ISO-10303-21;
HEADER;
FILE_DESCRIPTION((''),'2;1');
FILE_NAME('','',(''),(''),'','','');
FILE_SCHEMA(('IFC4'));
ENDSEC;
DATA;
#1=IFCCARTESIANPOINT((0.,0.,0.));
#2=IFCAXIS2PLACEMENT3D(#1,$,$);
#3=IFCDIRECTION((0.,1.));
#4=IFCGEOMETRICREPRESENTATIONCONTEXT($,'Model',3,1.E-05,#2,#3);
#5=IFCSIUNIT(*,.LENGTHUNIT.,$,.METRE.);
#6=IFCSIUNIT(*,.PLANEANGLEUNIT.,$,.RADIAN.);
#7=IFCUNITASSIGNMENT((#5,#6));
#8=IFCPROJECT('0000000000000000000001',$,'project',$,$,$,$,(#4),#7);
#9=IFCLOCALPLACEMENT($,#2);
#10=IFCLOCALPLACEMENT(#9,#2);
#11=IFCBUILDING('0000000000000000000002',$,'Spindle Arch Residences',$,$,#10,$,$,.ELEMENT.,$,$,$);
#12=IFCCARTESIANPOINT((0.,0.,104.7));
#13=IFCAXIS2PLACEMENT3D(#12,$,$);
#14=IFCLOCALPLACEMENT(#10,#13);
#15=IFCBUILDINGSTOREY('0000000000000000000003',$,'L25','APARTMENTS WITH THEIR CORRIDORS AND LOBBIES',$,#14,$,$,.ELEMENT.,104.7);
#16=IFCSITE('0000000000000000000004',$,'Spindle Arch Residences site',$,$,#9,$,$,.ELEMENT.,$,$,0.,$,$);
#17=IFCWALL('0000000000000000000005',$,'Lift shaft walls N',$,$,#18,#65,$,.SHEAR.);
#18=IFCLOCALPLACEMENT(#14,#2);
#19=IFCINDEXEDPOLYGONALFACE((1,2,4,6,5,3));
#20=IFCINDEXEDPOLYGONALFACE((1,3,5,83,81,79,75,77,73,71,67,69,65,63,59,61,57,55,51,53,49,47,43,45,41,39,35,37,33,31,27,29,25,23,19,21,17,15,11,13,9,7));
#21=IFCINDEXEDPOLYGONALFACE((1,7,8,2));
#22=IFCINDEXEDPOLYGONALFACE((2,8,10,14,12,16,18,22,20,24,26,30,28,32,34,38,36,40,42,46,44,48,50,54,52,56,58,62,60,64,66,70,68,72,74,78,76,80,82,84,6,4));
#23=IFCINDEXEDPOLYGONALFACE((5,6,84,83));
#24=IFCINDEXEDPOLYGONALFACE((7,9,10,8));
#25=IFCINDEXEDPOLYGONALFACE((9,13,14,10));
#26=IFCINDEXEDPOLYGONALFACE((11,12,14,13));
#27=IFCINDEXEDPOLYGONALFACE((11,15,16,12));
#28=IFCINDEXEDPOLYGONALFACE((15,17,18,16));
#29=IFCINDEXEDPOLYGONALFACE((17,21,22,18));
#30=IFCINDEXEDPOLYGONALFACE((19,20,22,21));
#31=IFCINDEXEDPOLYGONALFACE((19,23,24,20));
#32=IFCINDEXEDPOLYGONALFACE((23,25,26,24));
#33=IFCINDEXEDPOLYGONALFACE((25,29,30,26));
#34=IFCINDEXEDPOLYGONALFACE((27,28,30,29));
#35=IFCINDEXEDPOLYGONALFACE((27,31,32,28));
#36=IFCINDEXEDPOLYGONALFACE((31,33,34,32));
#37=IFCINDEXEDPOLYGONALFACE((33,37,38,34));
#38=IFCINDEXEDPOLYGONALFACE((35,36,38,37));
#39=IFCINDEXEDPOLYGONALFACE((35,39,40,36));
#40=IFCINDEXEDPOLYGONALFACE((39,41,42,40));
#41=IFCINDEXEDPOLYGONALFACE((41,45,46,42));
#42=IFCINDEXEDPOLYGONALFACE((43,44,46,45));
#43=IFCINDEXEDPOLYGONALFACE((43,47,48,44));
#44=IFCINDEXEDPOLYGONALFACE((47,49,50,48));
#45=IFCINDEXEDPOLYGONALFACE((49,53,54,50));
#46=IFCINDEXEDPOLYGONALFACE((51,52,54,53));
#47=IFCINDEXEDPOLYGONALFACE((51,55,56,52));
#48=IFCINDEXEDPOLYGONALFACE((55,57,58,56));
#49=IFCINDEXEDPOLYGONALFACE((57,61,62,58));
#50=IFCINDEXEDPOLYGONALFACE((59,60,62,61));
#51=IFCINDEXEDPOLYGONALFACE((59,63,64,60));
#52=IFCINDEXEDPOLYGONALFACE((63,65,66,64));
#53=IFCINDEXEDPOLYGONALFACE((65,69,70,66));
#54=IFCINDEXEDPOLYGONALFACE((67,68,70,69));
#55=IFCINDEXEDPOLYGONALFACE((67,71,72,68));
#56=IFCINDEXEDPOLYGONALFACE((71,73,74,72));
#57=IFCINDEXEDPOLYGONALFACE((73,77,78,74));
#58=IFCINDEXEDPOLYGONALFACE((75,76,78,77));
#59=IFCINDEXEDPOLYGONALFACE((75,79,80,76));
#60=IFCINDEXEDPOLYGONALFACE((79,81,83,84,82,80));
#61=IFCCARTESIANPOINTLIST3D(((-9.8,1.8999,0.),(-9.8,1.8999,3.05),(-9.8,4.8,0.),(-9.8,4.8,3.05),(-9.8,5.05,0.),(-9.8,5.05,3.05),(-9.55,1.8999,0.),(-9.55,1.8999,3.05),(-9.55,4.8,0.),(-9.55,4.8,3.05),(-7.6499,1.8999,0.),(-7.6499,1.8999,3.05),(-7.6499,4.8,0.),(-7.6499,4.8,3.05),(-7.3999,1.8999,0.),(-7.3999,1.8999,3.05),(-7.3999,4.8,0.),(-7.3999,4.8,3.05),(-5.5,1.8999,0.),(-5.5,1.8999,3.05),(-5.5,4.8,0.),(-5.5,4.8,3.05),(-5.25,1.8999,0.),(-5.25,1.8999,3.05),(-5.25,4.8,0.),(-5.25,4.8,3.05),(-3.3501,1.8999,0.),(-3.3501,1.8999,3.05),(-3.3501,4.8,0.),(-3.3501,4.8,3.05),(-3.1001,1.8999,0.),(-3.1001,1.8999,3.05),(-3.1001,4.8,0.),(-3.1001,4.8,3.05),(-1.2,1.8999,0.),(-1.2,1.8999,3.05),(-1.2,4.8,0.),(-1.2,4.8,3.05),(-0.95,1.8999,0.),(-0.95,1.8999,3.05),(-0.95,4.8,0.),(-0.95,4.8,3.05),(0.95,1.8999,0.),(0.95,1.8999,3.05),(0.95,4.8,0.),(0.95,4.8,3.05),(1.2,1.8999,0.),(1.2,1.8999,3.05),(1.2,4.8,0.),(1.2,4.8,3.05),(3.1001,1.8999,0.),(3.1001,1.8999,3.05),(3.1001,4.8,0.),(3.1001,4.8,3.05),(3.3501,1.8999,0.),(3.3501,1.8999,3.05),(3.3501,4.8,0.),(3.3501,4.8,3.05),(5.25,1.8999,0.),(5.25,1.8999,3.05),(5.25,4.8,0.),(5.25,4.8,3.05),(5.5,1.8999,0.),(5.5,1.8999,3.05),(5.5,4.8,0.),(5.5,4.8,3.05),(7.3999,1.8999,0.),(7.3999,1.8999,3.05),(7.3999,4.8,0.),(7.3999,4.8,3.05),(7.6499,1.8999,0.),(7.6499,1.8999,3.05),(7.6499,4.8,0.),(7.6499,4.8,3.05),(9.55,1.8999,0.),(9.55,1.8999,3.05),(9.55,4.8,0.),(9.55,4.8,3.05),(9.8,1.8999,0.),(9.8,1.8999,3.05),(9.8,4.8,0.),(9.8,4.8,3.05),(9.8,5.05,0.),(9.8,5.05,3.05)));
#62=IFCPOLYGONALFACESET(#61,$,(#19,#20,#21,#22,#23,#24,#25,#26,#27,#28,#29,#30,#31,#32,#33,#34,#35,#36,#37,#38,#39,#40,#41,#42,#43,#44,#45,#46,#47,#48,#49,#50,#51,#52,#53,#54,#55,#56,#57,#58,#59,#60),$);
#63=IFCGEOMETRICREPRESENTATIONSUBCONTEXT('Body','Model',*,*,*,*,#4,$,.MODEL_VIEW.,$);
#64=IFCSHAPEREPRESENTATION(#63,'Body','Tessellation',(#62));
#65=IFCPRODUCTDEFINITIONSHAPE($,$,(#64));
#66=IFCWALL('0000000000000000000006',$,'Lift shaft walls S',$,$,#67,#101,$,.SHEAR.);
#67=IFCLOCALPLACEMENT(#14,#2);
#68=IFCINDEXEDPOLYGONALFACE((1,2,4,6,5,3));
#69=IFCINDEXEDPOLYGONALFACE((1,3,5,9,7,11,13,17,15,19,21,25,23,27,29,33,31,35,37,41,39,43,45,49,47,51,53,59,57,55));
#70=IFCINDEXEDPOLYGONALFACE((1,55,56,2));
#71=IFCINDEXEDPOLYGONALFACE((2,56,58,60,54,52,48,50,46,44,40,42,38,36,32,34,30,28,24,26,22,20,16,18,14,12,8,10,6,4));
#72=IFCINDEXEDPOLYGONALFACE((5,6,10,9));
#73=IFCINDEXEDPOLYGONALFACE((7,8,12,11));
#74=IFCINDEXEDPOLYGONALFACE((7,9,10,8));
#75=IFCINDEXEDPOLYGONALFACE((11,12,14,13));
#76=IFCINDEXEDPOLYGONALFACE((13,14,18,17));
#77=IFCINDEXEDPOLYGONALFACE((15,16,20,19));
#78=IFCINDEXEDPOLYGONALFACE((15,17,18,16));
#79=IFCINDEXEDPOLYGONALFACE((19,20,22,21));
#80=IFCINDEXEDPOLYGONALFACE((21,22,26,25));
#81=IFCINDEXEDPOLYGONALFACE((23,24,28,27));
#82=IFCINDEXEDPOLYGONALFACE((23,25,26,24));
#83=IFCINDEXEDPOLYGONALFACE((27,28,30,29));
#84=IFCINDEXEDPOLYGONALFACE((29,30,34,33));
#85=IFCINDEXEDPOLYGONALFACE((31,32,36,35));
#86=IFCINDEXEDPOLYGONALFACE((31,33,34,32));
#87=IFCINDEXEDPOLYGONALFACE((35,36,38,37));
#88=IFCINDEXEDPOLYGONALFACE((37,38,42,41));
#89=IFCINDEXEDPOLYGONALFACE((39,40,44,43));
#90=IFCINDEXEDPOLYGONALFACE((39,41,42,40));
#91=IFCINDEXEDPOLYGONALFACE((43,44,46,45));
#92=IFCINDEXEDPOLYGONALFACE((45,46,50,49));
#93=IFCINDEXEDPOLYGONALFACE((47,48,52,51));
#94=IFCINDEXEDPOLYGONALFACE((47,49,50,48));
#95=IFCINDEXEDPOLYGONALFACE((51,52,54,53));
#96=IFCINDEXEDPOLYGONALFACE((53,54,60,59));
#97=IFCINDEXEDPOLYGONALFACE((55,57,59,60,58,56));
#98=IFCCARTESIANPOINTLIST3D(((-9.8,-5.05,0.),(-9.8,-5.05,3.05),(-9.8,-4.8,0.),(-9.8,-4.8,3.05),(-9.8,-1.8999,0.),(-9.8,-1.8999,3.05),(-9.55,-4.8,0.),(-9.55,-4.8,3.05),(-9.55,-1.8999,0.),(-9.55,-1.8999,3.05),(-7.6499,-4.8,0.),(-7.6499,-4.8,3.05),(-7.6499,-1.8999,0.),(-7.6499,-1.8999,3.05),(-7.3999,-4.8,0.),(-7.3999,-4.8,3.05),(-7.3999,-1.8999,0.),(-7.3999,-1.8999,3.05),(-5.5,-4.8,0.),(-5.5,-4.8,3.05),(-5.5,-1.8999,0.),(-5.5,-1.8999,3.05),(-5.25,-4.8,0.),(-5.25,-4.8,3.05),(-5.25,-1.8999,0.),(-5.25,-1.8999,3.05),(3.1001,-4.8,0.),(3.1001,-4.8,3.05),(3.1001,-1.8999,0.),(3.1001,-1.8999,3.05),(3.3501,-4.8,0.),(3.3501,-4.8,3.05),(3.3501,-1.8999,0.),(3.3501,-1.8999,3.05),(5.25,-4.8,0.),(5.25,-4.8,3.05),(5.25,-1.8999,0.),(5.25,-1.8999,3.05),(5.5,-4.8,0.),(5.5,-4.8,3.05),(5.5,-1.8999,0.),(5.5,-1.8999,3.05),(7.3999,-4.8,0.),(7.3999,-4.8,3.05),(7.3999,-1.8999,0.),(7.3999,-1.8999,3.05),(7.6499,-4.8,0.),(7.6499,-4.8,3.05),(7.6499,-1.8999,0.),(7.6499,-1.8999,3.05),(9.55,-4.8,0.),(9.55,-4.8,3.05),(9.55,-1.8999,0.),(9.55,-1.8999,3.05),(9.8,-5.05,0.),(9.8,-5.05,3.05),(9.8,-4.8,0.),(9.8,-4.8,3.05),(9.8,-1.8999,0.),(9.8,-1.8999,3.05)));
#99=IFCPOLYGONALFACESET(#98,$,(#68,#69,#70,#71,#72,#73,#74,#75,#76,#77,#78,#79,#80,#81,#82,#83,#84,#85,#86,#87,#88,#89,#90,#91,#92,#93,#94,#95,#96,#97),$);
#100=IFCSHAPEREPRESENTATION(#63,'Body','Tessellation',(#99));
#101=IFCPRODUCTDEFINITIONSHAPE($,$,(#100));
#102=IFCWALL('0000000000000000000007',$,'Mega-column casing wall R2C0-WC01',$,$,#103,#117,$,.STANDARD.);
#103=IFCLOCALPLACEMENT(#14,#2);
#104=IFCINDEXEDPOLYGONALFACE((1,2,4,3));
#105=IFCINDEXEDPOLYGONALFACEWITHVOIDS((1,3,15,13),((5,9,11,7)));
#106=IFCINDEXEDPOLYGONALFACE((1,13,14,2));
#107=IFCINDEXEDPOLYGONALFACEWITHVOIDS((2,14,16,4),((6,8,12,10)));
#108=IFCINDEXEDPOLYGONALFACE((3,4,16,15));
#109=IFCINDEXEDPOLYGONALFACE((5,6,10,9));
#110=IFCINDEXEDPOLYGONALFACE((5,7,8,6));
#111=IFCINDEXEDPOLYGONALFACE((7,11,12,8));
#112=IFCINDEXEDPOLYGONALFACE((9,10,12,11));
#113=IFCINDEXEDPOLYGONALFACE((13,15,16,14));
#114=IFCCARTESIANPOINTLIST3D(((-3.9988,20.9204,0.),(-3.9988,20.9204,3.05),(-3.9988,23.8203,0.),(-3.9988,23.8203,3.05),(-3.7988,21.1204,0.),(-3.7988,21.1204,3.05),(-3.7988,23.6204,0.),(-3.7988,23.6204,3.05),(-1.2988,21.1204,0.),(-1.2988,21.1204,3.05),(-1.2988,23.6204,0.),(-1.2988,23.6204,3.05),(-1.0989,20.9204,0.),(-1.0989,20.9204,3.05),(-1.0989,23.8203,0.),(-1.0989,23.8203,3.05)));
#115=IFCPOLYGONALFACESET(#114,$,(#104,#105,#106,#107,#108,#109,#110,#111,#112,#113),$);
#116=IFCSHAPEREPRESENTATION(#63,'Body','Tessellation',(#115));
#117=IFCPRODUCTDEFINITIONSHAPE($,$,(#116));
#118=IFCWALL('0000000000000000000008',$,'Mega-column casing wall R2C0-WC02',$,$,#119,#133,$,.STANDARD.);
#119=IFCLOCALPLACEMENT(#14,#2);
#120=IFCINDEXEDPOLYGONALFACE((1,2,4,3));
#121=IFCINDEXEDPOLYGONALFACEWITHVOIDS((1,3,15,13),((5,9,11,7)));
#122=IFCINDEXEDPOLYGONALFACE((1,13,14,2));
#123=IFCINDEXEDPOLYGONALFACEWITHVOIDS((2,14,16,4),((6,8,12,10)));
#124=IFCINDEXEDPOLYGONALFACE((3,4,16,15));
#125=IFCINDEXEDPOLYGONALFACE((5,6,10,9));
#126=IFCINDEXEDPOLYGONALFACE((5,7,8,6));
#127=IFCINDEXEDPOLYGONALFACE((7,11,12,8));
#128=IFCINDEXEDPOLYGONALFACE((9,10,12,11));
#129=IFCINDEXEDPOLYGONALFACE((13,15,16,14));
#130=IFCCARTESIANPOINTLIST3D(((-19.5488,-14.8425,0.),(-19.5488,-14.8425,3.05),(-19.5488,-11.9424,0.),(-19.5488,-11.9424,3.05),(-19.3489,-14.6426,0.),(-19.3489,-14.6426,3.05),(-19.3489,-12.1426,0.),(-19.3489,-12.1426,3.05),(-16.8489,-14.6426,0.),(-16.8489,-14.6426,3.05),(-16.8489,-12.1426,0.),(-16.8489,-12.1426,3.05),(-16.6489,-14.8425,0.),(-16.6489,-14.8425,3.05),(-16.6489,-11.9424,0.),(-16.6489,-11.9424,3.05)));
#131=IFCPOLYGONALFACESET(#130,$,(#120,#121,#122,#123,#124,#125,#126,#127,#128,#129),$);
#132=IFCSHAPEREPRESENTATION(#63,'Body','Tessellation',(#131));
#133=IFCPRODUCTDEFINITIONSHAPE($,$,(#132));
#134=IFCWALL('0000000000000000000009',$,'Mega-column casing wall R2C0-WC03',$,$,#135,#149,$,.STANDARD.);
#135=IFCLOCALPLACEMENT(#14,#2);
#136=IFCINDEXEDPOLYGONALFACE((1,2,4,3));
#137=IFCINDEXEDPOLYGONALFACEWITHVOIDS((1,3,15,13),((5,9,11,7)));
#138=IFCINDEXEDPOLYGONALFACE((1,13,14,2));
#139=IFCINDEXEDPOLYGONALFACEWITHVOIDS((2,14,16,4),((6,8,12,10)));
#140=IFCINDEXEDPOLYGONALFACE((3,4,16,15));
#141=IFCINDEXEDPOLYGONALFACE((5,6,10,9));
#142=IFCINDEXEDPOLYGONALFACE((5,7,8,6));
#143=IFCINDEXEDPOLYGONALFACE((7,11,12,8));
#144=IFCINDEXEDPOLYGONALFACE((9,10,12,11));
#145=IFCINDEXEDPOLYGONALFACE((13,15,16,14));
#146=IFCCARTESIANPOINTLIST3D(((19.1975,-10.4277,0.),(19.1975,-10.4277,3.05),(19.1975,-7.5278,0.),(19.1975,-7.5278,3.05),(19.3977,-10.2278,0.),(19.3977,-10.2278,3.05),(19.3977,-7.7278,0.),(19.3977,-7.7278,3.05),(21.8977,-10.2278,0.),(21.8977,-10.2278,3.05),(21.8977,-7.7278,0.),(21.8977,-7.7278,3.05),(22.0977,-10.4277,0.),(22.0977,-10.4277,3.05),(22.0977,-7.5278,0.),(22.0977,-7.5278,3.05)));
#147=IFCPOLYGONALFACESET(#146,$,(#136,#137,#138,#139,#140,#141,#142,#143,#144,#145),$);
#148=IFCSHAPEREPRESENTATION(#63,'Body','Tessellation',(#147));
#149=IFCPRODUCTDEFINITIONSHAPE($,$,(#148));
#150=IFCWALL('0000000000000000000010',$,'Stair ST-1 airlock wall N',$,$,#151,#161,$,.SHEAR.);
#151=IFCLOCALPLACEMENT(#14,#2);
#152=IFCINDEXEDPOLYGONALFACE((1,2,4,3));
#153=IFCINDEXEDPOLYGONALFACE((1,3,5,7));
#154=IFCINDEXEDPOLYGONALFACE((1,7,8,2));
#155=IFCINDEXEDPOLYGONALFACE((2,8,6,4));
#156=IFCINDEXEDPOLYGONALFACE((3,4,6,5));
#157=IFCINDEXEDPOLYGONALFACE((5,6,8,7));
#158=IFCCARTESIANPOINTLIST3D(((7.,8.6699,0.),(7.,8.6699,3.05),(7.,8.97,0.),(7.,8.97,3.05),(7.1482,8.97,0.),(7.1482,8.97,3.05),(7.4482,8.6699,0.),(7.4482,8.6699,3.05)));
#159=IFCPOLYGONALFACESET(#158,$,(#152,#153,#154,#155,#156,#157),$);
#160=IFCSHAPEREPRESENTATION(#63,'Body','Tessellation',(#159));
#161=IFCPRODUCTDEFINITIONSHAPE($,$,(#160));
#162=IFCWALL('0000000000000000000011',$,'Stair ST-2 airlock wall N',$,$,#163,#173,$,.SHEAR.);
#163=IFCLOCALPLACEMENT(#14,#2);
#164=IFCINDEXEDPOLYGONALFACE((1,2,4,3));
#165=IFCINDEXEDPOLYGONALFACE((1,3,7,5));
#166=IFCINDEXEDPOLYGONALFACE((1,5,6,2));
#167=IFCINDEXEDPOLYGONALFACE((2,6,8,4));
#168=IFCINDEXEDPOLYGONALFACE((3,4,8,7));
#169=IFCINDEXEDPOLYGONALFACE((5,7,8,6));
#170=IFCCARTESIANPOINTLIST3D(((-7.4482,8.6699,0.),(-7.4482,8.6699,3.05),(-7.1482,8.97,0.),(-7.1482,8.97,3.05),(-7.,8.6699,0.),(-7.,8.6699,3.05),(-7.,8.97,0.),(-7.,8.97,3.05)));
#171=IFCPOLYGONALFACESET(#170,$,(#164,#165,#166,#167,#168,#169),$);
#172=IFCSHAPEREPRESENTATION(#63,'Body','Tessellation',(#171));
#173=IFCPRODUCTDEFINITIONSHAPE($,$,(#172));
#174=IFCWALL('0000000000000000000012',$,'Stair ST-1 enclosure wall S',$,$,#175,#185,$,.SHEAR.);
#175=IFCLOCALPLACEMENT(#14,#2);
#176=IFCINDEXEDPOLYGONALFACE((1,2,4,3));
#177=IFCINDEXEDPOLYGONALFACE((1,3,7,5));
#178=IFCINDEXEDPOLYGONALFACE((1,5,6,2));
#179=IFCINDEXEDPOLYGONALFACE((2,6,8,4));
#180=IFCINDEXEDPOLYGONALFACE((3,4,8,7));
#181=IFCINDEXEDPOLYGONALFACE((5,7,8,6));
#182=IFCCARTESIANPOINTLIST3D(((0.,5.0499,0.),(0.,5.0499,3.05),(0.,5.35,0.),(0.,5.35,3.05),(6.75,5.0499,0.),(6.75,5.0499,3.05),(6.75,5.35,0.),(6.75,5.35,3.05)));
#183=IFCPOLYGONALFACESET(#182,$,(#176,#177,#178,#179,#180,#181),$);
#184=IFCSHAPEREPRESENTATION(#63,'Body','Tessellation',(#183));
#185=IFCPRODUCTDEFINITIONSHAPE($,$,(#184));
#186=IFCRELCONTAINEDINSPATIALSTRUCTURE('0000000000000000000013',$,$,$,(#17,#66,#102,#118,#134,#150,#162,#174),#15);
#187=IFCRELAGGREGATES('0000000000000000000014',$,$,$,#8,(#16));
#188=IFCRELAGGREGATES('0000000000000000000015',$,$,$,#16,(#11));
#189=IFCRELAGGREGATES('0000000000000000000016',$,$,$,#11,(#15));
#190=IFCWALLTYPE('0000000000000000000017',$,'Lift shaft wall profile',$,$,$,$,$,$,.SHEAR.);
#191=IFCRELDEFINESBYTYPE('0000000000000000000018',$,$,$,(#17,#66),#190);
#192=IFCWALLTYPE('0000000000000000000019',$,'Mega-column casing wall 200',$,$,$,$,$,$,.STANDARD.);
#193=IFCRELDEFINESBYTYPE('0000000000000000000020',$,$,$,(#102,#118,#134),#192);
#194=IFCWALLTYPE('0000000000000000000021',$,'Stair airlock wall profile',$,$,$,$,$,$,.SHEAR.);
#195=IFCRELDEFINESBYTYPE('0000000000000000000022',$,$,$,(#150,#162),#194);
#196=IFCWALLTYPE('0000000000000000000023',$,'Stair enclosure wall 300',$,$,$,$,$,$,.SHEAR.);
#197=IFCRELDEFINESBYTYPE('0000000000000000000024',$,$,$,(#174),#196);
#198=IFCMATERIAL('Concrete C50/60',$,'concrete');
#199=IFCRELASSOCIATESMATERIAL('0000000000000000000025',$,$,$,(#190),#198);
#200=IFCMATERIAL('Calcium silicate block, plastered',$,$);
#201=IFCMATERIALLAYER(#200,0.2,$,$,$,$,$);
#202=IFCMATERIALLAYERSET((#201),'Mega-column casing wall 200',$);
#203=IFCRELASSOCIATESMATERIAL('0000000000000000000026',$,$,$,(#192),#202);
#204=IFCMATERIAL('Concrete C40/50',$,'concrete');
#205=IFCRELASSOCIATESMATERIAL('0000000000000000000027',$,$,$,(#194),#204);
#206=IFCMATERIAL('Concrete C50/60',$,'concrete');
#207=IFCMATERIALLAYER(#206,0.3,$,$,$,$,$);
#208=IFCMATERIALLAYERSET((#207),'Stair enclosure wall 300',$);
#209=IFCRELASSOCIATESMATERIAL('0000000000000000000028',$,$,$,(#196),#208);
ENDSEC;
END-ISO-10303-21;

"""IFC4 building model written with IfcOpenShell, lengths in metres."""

from ifc_helpers import new_model, si_unit, direction, frame, frame_2d, origin, place, context, subcontext, project, spatial, polyline, rectangle, outline, extrude, material, layer, layer_set, type_object, element, save


model = new_model("IFC4")

# Units and contexts
model_context = context("Model", 3, precision=1e-05, world=origin(), true_north=direction((0.0, 1.0)))
body_context = subcontext(model_context, "Body", "Model", "MODEL_VIEW")
ifc_project = project(units=[si_unit("LENGTHUNIT", "METRE"), si_unit("PLANEANGLEUNIT", "RADIAN")], contexts=[model_context])

# Site, building, storey
site_placement = place(None, origin())
site = spatial("IfcSite", under=ifc_project, at=site_placement, Name="Spindle Arch Residences site", CompositionType="ELEMENT", RefElevation=0.0)
building_placement = place(site_placement, origin())
building = spatial("IfcBuilding", under=site, at=building_placement, Name="Spindle Arch Residences", CompositionType="ELEMENT")
storey_placement = place(building_placement, frame((0.0, 0.0, 104.7)))
storey = spatial("IfcBuildingStorey", under=building, at=storey_placement, Name="L25", Description="APARTMENTS WITH THEIR CORRIDORS AND LOBBIES", CompositionType="ELEMENT", Elevation=104.7)

# Walls
ifc_material_1 = material(Name="Concrete C50/60", Category="concrete")
wall_type_1 = type_object("IfcWallType", Name="Lift shaft wall profile", PredefinedType="SHEAR", material=ifc_material_1)
wall_1_placement = place(storey_placement, origin())
element("IfcWall", 1, at=wall_1_placement, inside=storey, type_object=wall_type_1, Name="Lift shaft walls N", PredefinedType="SHEAR", context=body_context, shape_type="SweptSolid", body=[
    extrude(outline(polyline([(-9.55, 4.8), (-7.6499, 4.8), (-7.6499, 1.8999), (-7.3999, 1.8999), (-7.3999, 4.8), (-5.5, 4.8), (-5.5, 1.8999), (-5.25, 1.8999), (-5.25, 4.8), (-3.3501, 4.8), (-3.3501, 1.8999), (-3.1001, 1.8999), (-3.1001, 4.8), (-1.2, 4.8), (-1.2, 1.8999), (-0.95, 1.8999), (-0.95, 4.8), (0.95, 4.8), (0.95, 1.8999), (1.2, 1.8999), (1.2, 4.8), (3.1001, 4.8), (3.1001, 1.8999), (3.3501, 1.8999), (3.3501, 4.8), (5.25, 4.8), (5.25, 1.8999), (5.5, 1.8999), (5.5, 4.8), (7.3999, 4.8), (7.3999, 1.8999), (7.6499, 1.8999), (7.6499, 4.8), (9.55, 4.8), (9.55, 1.8999), (9.8, 1.8999), (9.8, 4.8), (9.8, 5.05), (-9.8, 5.05), (-9.8, 4.8), (-9.8, 1.8999), (-9.55, 1.8999), (-9.55, 4.8)])), origin(), (0.0, 0.0, 1.0), 3.05),
])
wall_2_placement = place(storey_placement, origin())
element("IfcWall", 2, at=wall_2_placement, inside=storey, type_object=wall_type_1, Name="Lift shaft walls S", PredefinedType="SHEAR", context=body_context, shape_type="SweptSolid", body=[
    extrude(outline(polyline([(9.8, -5.05), (9.8, -4.8), (9.8, -1.8999), (9.55, -1.8999), (9.55, -4.8), (7.6499, -4.8), (7.6499, -1.8999), (7.3999, -1.8999), (7.3999, -4.8), (5.5, -4.8), (5.5, -1.8999), (5.25, -1.8999), (5.25, -4.8), (3.3501, -4.8), (3.3501, -1.8999), (3.1001, -1.8999), (3.1001, -4.8), (-5.25, -4.8), (-5.25, -1.8999), (-5.5, -1.8999), (-5.5, -4.8), (-7.3999, -4.8), (-7.3999, -1.8999), (-7.6499, -1.8999), (-7.6499, -4.8), (-9.55, -4.8), (-9.55, -1.8999), (-9.8, -1.8999), (-9.8, -4.8), (-9.8, -5.05), (9.8, -5.05)])), origin(), (0.0, 0.0, 1.0), 3.05),
])
ifc_material_2 = material(Name="Calcium silicate block, plastered")
ifc_layer_1 = layer(ifc_material_2, 0.2)
ifc_layer_set_1 = layer_set([ifc_layer_1], Name="Mega-column casing wall 200")
wall_type_2 = type_object("IfcWallType", Name="Mega-column casing wall 200", PredefinedType="STANDARD", material=ifc_layer_set_1)
wall_3_placement = place(storey_placement, origin())
element("IfcWall", 3, at=wall_3_placement, inside=storey, type_object=wall_type_2, Name="Mega-column casing wall R2C0-WC01", PredefinedType="STANDARD", context=body_context, shape_type="SweptSolid", body=[
    extrude(outline(polyline([(-1.0989, 23.8203), (-1.0989, 20.9204), (-3.9988, 20.9204), (-3.9988, 23.8203), (-1.0989, 23.8203)]), holes=[polyline([(-3.7988, 21.1204), (-1.2988, 21.1204), (-1.2988, 23.6204), (-3.7988, 23.6204), (-3.7988, 21.1204)])]), origin(), (0.0, 0.0, 1.0), 3.05),
])
wall_4_placement = place(storey_placement, origin())
element("IfcWall", 4, at=wall_4_placement, inside=storey, type_object=wall_type_2, Name="Mega-column casing wall R2C0-WC02", PredefinedType="STANDARD", context=body_context, shape_type="SweptSolid", body=[
    extrude(outline(polyline([(-16.6489, -11.9424), (-16.6489, -14.8425), (-19.5488, -14.8425), (-19.5488, -11.9424), (-16.6489, -11.9424)]), holes=[polyline([(-19.3489, -14.6426), (-16.8489, -14.6426), (-16.8489, -12.1426), (-19.3489, -12.1426), (-19.3489, -14.6426)])]), origin(), (0.0, 0.0, 1.0), 3.05),
])
wall_5_placement = place(storey_placement, origin())
element("IfcWall", 5, at=wall_5_placement, inside=storey, type_object=wall_type_2, Name="Mega-column casing wall R2C0-WC03", PredefinedType="STANDARD", context=body_context, shape_type="SweptSolid", body=[
    extrude(outline(polyline([(22.0977, -7.5278), (22.0977, -10.4277), (19.1975, -10.4277), (19.1975, -7.5278), (22.0977, -7.5278)]), holes=[polyline([(19.3977, -10.2278), (21.8977, -10.2278), (21.8977, -7.7278), (19.3977, -7.7278), (19.3977, -10.2278)])]), origin(), (0.0, 0.0, 1.0), 3.05),
])
ifc_material_3 = material(Name="Concrete C40/50", Category="concrete")
wall_type_3 = type_object("IfcWallType", Name="Stair airlock wall profile", PredefinedType="SHEAR", material=ifc_material_3)
wall_6_placement = place(storey_placement, origin())
element("IfcWall", 6, at=wall_6_placement, inside=storey, type_object=wall_type_3, Name="Stair ST-1 airlock wall N", PredefinedType="SHEAR", context=body_context, shape_type="SweptSolid", body=[
    extrude(outline(polyline([(7.4482, 8.6699), (7.0, 8.6699), (7.0, 8.97), (7.1482, 8.97), (7.4482, 8.6699)])), origin(), (0.0, 0.0, 1.0), 3.05),
])
wall_7_placement = place(storey_placement, origin())
element("IfcWall", 7, at=wall_7_placement, inside=storey, type_object=wall_type_3, Name="Stair ST-2 airlock wall N", PredefinedType="SHEAR", context=body_context, shape_type="SweptSolid", body=[
    extrude(outline(polyline([(-7.1482, 8.97), (-7.0, 8.97), (-7.0, 8.6699), (-7.4482, 8.6699), (-7.1482, 8.97)])), origin(), (0.0, 0.0, 1.0), 3.05),
])
ifc_material_4 = material(Name="Concrete C50/60", Category="concrete")
ifc_layer_2 = layer(ifc_material_4, 0.3)
ifc_layer_set_2 = layer_set([ifc_layer_2], Name="Stair enclosure wall 300")
wall_type_4 = type_object("IfcWallType", Name="Stair enclosure wall 300", PredefinedType="SHEAR", material=ifc_layer_set_2)
for number, where, z_axis, x_axis, name in (
    (8, (0.0, 5.2, 0.0), (0.0, 0.0, 1.0), (1.0, 0.0, 0.0), "Stair ST-1 enclosure wall S"),
):
    element("IfcWall", number, at=place(storey_placement, frame(where, z_axis=z_axis, x_axis=x_axis)), inside=storey, type_object=wall_type_4, Name=name, PredefinedType="SHEAR", context=body_context, shape_type="SweptSolid", body=[
        extrude(rectangle(XDim=6.75, YDim=0.3, at=frame_2d((3.375, 0.0))), origin(), (0.0, 0.0, 1.0), 3.05),
    ])

save(model, "model.ifc")
